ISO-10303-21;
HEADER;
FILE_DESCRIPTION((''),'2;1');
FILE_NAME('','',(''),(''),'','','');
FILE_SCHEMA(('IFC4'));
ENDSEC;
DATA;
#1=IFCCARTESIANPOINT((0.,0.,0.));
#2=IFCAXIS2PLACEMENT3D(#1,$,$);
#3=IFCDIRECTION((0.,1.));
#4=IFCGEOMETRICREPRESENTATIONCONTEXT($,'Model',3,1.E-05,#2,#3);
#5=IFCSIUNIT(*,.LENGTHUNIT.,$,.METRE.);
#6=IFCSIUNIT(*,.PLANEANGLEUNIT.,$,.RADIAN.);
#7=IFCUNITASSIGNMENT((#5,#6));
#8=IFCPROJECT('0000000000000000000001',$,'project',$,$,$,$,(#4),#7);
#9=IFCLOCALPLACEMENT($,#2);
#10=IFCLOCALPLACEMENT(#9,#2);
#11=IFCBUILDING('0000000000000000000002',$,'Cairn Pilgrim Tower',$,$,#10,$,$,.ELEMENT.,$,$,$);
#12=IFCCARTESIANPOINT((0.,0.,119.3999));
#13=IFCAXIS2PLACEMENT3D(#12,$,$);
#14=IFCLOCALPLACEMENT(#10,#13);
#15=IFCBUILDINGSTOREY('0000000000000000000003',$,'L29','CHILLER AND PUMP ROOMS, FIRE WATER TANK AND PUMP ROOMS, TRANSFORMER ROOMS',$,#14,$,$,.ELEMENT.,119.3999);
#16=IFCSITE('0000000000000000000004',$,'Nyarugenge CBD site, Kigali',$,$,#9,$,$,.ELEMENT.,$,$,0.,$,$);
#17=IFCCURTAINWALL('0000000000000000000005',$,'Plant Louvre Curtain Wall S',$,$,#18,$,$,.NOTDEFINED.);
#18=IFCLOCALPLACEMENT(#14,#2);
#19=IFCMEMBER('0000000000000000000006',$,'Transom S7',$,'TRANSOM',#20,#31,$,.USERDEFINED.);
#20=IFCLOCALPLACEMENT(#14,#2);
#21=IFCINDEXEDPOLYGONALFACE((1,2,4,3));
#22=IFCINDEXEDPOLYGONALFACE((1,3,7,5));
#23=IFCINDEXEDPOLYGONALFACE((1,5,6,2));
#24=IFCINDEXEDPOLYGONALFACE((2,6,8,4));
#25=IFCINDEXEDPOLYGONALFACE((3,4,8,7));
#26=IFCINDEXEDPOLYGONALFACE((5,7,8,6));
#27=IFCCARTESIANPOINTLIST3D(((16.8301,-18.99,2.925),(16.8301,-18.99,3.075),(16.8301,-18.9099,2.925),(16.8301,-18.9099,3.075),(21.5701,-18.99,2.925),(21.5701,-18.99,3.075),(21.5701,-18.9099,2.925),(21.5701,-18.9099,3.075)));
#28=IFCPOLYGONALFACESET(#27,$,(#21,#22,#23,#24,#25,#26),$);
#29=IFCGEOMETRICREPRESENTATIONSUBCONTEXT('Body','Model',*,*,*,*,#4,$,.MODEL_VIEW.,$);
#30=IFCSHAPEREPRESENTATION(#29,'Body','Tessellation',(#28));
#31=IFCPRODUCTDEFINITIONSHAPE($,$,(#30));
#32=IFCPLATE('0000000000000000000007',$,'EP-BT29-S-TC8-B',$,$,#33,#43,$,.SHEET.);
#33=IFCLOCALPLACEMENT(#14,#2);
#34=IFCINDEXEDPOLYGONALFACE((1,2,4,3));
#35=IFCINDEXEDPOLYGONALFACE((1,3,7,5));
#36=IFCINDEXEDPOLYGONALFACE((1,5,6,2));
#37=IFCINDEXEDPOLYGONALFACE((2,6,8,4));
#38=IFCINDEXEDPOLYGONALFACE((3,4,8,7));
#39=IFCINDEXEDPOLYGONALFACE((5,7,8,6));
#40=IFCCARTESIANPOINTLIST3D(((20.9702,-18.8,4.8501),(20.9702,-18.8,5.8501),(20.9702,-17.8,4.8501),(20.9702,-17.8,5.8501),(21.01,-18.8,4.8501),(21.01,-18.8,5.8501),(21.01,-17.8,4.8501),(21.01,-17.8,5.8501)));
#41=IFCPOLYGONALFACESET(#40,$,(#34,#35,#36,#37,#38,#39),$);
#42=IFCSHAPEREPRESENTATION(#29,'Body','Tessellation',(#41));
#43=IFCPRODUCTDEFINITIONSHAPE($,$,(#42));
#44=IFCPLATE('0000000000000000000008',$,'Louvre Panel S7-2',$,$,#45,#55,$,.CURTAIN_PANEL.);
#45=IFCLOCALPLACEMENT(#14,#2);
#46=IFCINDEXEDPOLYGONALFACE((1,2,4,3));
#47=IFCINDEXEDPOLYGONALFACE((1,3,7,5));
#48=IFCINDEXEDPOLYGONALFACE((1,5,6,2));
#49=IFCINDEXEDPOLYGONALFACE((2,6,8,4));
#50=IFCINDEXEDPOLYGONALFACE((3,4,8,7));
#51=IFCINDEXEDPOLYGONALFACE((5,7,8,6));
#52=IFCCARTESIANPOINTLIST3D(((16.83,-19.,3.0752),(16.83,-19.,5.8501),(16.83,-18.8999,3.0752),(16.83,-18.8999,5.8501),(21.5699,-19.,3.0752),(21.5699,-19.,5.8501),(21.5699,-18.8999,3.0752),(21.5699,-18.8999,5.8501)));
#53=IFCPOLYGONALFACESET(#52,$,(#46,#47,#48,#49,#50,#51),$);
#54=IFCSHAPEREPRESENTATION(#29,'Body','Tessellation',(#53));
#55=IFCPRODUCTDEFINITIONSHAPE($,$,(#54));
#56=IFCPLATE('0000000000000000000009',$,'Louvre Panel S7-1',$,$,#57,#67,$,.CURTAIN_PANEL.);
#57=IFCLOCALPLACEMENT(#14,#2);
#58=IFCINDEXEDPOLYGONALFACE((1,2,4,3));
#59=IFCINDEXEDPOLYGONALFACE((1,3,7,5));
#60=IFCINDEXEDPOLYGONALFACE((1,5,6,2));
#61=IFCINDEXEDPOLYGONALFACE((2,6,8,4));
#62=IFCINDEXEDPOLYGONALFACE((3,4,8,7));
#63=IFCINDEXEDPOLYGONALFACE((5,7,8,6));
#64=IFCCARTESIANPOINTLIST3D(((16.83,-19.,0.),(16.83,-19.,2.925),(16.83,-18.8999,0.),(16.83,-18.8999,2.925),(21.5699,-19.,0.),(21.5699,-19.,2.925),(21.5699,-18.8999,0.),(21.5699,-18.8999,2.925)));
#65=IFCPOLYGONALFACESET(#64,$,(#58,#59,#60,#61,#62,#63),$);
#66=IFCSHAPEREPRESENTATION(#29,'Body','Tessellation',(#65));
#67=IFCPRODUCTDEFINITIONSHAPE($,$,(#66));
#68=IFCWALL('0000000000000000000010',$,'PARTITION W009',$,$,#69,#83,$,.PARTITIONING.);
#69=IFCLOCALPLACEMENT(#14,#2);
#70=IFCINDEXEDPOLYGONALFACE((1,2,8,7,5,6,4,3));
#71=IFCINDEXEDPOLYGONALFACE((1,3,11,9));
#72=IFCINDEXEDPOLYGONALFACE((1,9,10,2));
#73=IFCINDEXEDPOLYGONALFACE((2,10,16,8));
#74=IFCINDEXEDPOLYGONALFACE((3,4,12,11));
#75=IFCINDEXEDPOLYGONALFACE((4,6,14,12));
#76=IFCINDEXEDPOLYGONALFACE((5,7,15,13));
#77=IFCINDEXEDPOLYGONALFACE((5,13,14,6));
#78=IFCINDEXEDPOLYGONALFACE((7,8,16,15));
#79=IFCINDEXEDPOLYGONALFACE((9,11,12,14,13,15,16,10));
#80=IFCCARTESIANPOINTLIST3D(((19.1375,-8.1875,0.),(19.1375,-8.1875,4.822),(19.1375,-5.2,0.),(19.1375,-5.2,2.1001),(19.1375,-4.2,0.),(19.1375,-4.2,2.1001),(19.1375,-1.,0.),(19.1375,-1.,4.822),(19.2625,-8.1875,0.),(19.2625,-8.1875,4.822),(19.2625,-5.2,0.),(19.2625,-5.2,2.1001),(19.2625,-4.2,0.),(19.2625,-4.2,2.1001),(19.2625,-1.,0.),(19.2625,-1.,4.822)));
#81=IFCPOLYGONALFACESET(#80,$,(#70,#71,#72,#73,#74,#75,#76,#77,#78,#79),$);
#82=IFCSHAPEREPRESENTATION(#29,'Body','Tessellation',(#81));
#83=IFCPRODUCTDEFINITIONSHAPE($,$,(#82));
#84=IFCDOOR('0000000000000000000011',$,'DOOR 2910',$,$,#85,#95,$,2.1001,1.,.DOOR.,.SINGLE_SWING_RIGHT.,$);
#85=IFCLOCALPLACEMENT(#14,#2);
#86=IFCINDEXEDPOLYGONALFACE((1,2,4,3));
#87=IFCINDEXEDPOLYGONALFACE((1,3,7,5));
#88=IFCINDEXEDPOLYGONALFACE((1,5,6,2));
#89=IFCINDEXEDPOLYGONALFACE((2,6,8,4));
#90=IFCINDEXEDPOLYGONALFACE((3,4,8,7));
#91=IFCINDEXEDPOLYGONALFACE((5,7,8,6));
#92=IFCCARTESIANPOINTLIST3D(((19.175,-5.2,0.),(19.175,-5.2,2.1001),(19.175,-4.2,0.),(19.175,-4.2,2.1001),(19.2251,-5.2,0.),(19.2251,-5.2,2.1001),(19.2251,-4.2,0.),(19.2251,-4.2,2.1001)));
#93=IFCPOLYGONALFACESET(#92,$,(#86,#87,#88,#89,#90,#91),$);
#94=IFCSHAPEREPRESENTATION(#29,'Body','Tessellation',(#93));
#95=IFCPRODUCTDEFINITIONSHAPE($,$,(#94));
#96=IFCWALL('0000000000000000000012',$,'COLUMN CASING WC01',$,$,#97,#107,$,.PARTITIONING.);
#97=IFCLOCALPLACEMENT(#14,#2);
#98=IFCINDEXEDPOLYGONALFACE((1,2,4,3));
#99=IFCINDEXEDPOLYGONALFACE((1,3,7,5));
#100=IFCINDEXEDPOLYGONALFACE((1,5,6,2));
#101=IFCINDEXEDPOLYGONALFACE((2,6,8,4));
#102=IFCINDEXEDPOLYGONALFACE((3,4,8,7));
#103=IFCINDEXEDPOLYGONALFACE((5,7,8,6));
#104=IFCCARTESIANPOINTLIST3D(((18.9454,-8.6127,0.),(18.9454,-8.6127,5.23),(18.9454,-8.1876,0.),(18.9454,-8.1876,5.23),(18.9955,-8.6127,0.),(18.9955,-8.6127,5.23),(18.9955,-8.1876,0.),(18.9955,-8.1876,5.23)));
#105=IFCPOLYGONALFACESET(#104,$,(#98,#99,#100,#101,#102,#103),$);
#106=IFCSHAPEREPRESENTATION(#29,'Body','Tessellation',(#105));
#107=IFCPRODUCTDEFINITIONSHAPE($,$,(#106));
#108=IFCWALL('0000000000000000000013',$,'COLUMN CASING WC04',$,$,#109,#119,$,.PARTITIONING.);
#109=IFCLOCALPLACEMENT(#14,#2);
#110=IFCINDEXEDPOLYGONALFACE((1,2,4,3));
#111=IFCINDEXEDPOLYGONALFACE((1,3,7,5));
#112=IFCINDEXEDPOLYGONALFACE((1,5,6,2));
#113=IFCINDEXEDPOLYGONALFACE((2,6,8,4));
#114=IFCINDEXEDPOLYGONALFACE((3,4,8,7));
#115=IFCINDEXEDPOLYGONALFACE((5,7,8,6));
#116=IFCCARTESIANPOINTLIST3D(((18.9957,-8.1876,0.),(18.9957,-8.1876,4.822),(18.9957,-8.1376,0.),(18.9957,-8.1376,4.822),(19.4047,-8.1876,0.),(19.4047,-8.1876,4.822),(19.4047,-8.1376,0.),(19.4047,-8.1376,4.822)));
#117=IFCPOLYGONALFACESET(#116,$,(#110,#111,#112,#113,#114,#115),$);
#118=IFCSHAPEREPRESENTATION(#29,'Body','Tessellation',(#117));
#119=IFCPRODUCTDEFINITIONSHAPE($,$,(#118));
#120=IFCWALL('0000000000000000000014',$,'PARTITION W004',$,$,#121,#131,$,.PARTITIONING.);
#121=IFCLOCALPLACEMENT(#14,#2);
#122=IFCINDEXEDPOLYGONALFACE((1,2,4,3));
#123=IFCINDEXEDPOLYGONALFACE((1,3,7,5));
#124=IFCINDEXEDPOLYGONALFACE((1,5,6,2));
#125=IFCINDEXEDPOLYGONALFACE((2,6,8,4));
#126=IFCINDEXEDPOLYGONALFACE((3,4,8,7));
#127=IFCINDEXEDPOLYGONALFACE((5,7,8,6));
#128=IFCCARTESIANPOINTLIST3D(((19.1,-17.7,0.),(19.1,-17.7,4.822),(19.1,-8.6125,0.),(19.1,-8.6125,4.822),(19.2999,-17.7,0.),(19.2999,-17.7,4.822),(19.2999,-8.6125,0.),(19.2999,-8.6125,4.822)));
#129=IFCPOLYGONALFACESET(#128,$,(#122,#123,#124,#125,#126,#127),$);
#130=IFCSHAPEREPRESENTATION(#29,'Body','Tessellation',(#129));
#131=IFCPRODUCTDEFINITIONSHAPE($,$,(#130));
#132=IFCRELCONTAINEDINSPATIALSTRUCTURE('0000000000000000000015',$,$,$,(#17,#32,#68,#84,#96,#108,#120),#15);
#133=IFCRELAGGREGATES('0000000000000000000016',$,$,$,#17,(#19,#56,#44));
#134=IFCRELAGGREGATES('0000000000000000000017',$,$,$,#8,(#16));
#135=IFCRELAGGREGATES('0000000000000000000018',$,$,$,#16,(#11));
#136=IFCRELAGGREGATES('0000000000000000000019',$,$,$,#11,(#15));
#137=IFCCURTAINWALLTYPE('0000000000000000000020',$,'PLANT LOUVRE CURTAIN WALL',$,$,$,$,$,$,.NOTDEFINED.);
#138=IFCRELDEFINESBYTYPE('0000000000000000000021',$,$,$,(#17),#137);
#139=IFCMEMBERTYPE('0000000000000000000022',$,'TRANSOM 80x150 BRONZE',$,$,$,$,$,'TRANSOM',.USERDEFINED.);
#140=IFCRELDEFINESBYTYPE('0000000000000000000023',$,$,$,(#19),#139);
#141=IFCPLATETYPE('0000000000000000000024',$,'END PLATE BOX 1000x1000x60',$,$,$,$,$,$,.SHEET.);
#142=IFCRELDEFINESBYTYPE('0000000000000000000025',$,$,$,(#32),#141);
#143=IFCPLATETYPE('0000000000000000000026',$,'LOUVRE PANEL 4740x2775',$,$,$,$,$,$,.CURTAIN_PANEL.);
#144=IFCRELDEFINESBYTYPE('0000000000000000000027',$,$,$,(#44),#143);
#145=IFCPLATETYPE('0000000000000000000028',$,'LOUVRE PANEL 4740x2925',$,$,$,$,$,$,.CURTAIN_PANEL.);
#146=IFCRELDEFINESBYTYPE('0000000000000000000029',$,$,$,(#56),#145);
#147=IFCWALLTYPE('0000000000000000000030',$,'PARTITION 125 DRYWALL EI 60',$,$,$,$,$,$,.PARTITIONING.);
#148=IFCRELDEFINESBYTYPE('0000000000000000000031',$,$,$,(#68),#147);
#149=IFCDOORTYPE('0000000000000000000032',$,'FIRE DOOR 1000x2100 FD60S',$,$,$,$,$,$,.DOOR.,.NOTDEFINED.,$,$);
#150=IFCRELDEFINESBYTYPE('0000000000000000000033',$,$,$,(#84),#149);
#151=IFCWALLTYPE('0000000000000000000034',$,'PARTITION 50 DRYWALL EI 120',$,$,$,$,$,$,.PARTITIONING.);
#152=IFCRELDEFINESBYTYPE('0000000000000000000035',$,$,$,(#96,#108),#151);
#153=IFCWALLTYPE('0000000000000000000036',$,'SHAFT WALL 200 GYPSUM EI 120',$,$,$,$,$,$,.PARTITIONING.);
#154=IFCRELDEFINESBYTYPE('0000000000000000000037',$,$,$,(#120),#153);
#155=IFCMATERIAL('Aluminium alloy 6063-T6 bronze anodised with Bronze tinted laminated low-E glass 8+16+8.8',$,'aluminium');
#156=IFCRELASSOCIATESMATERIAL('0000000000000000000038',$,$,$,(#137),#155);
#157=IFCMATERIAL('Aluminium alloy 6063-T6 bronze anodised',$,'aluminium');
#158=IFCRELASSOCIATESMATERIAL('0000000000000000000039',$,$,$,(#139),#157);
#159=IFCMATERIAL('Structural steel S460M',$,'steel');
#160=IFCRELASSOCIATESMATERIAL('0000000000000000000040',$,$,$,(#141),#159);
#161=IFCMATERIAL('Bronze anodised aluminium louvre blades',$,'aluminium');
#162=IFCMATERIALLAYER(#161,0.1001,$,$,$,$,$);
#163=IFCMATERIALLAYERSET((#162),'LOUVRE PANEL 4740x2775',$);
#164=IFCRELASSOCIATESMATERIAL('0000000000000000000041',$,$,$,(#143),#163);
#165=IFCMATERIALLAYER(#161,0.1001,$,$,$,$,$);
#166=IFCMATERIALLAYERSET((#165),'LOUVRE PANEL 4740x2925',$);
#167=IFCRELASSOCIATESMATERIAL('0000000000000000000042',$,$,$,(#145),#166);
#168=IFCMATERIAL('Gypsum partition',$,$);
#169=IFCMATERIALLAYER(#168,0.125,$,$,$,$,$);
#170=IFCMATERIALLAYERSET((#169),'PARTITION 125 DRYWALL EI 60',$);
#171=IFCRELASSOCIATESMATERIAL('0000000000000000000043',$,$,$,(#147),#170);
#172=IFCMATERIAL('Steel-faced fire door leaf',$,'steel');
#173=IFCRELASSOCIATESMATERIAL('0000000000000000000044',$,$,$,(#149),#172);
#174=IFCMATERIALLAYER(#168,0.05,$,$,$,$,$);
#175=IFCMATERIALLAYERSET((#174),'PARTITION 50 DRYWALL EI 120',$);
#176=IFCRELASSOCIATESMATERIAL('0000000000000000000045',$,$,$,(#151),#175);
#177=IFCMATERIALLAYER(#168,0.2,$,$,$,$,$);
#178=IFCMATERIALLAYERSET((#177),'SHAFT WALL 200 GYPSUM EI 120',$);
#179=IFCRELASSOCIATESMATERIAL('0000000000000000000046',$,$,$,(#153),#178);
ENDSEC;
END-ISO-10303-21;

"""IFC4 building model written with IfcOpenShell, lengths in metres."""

from ifc_helpers import new_model, si_unit, direction, frame, frame_2d, origin, origin_2d, place, context, subcontext, project, spatial, rectangle, extrude, material, layer, layer_set, material_profile, profile_set, type_object, element, fill, aggregate, save


model = new_model("IFC4")

# Units and contexts
model_context = context("Model", 3, precision=1e-05, world=origin(), true_north=direction((0.0, 1.0)))
body_context = subcontext(model_context, "Body", "Model", "MODEL_VIEW")
ifc_project = project(units=[si_unit("LENGTHUNIT", "METRE"), si_unit("PLANEANGLEUNIT", "RADIAN")], contexts=[model_context])

# Site, building, storey
site_placement = place(None, origin())
site = spatial("IfcSite", under=ifc_project, at=site_placement, Name="Nyarugenge CBD site, Kigali", CompositionType="ELEMENT", RefElevation=0.0)
building_placement = place(site_placement, origin())
building = spatial("IfcBuilding", under=site, at=building_placement, Name="Cairn Pilgrim Tower", CompositionType="ELEMENT")
storey_placement = place(building_placement, frame((0.0, 0.0, 119.3999)))
storey = spatial("IfcBuildingStorey", under=building, at=storey_placement, Name="L29", Description="CHILLER AND PUMP ROOMS, FIRE WATER TANK AND PUMP ROOMS, TRANSFORMER ROOMS", CompositionType="ELEMENT", Elevation=119.3999)

# Shared definitions
ifc_material_1 = material(Name="Structural steel S460M", Category="steel")

# Curtain wall
ifc_material_2 = material(Name="Aluminium alloy 6063-T6 bronze anodised with Bronze tinted laminated low-E glass 8+16+8.8", Category="aluminium")
curtain_wall_type = type_object("IfcCurtainWallType", Name="PLANT LOUVRE CURTAIN WALL", PredefinedType="NOTDEFINED", material=ifc_material_2)
curtain_wall_placement = place(storey_placement, origin())
curtain_wall = element("IfcCurtainWall", 1, at=curtain_wall_placement, inside=storey, type_object=curtain_wall_type, Name="Plant Louvre Curtain Wall S", PredefinedType="NOTDEFINED")
ifc_material_3 = material(Name="Aluminium alloy 6063-T6 bronze anodised", Category="aluminium")

# Member
ifc_material_profile_1 = material_profile(ifc_material_3, rectangle(XDim=0.0801, YDim=0.1499, at=origin_2d()), Name="TRANSOM 80x150 BRONZE")
ifc_profile_set_1 = profile_set([ifc_material_profile_1], Name="Aluminium alloy 6063-T6 bronze anodised")
member_type_1 = type_object("IfcMemberType", Name="TRANSOM 80x150 BRONZE", ElementType="TRANSOM", PredefinedType="USERDEFINED", material=ifc_profile_set_1)
member_1_placement = place(storey_placement, frame((16.8301, -18.95, 3.0), z_axis=(1.0, 0.0, 0.0), x_axis=(0.0, 1.0, 0.0)))
member_1 = element("IfcMember", 2, at=member_1_placement, type_object=member_type_1, Name="Transom S7", ObjectType="TRANSOM", PredefinedType="USERDEFINED", context=body_context, shape_type="SweptSolid", body=[
    extrude(rectangle(XDim=0.0801, YDim=0.1499, at=origin_2d()), origin(), (0.0, 0.0, 1.0), 4.74),
])

# Plates
ifc_material_profile_2 = material_profile(ifc_material_1, rectangle(XDim=1.0, YDim=1.0, at=origin_2d()), Name="END PLATE BOX 1000x1000x60")
ifc_profile_set_2 = profile_set([ifc_material_profile_2], Name="Structural steel S460M")
plate_type_1 = type_object("IfcPlateType", Name="END PLATE BOX 1000x1000x60", PredefinedType="SHEET", material=ifc_profile_set_2)
plate_1_placement = place(storey_placement, frame((20.9702, -18.3, 5.3501), z_axis=(1.0, 0.0, 0.0), x_axis=(0.0, 1.0, 0.0)))
element("IfcPlate", 3, at=plate_1_placement, inside=storey, type_object=plate_type_1, Name="EP-BT29-S-TC8-B", PredefinedType="SHEET", context=body_context, shape_type="SweptSolid", body=[
    extrude(rectangle(XDim=1.0, YDim=1.0, at=origin_2d()), origin(), (0.0, 0.0, 1.0), 0.0398),
])
ifc_material_4 = material(Name="Bronze anodised aluminium louvre blades", Category="aluminium")
ifc_layer_1 = layer(ifc_material_4, 0.1001)
ifc_layer_set_1 = layer_set([ifc_layer_1], Name="LOUVRE PANEL 4740x2775")
plate_type_2 = type_object("IfcPlateType", Name="LOUVRE PANEL 4740x2775", PredefinedType="CURTAIN_PANEL", material=ifc_layer_set_1)
plate_2_placement = place(storey_placement, frame((19.2, -18.95, 3.0752), z_axis=(0.0, 0.0, 1.0), x_axis=(1.0, 0.0, 0.0)))
plate_2 = element("IfcPlate", 4, at=plate_2_placement, type_object=plate_type_2, Name="Louvre Panel S7-2", PredefinedType="CURTAIN_PANEL", context=body_context, shape_type="SweptSolid", body=[
    extrude(rectangle(XDim=4.74, YDim=0.1001, at=origin_2d()), origin(), (0.0, 0.0, 1.0), 2.7749),
])
ifc_layer_2 = layer(ifc_material_4, 0.1001)
ifc_layer_set_2 = layer_set([ifc_layer_2], Name="LOUVRE PANEL 4740x2925")
plate_type_3 = type_object("IfcPlateType", Name="LOUVRE PANEL 4740x2925", PredefinedType="CURTAIN_PANEL", material=ifc_layer_set_2)
plate_3_placement = place(storey_placement, frame((19.2, -18.95, 0.0), z_axis=(0.0, 0.0, 1.0), x_axis=(1.0, 0.0, 0.0)))
plate_3 = element("IfcPlate", 5, at=plate_3_placement, type_object=plate_type_3, Name="Louvre Panel S7-1", PredefinedType="CURTAIN_PANEL", context=body_context, shape_type="SweptSolid", body=[
    extrude(rectangle(XDim=4.74, YDim=0.1001, at=origin_2d()), origin(), (0.0, 0.0, 1.0), 2.925),
])
aggregate(curtain_wall, [member_1, plate_3, plate_2])

# Wall, opening, door
ifc_material_5 = material(Name="Gypsum partition")
ifc_layer_3 = layer(ifc_material_5, 0.125)
ifc_layer_set_3 = layer_set([ifc_layer_3], Name="PARTITION 125 DRYWALL EI 60")
wall_type_1 = type_object("IfcWallType", Name="PARTITION 125 DRYWALL EI 60", PredefinedType="PARTITIONING", material=ifc_layer_set_3)
wall_1_placement = place(storey_placement, frame((19.2, -8.1875, 0.0), z_axis=(0.0, 0.0, 1.0), x_axis=(0.0, 1.0, 0.0)))
wall_1 = element("IfcWall", 6, at=wall_1_placement, inside=storey, type_object=wall_type_1, Name="PARTITION W009", PredefinedType="PARTITIONING", context=body_context, shape_type="SweptSolid", body=[
    extrude(rectangle(XDim=7.1875, YDim=0.125, at=frame_2d((3.5938, 0.0))), origin(), (0.0, 0.0, 1.0), 4.822),
])
opening_placement = place(wall_1_placement, frame((2.9875, 0.0, 0.0)))
opening = element("IfcOpeningElement", 7, at=opening_placement, cuts=wall_1, PredefinedType="OPENING", context=body_context, shape_type="SweptSolid", body=[
    extrude(rectangle(XDim=1.0, YDim=2.1001, at=frame_2d((0.5, 1.05))), frame((0.0, 0.0725, 0.0), z_axis=(0.0, -1.0, 0.0), x_axis=(1.0, 0.0, 0.0)), (0.0, 0.0, 1.0), 0.145),
])
ifc_material_6 = material(Name="Steel-faced fire door leaf", Category="steel")
door_type = type_object("IfcDoorType", Name="FIRE DOOR 1000x2100 FD60S", OperationType="NOTDEFINED", PredefinedType="DOOR", material=ifc_material_6)
door_placement = place(opening_placement, origin())
door = element("IfcDoor", 8, at=door_placement, inside=storey, type_object=door_type, Name="DOOR 2910", OperationType="SINGLE_SWING_RIGHT", OverallHeight=2.1001, OverallWidth=1.0, PredefinedType="DOOR", context=body_context, shape_type="SweptSolid", body=[
    extrude(rectangle(XDim=1.0, YDim=2.1001, at=frame_2d((0.5, 1.05))), frame((0.0, 0.0249, 0.0), z_axis=(0.0, -1.0, 0.0), x_axis=(1.0, 0.0, 0.0)), (0.0, 0.0, 1.0), 0.05),
])
fill(opening, door)

# Walls
ifc_layer_4 = layer(ifc_material_5, 0.05)
ifc_layer_set_4 = layer_set([ifc_layer_4], Name="PARTITION 50 DRYWALL EI 120")
wall_type_2 = type_object("IfcWallType", Name="PARTITION 50 DRYWALL EI 120", PredefinedType="PARTITIONING", material=ifc_layer_set_4)
wall_2_placement = place(storey_placement, frame((18.9705, -8.6125, 0.0), z_axis=(0.0, 0.0, 1.0), x_axis=(0.0, 1.0, 0.0)))
element("IfcWall", 9, at=wall_2_placement, inside=storey, type_object=wall_type_2, Name="COLUMN CASING WC01", PredefinedType="PARTITIONING", context=body_context, shape_type="SweptSolid", body=[
    extrude(rectangle(XDim=0.425, YDim=0.05, at=frame_2d((0.2124, 0.0))), origin(), (0.0, 0.0, 1.0), 5.23),
])
wall_3_placement = place(storey_placement, frame((18.9956, -8.1626, 0.0), z_axis=(0.0, 0.0, 1.0), x_axis=(1.0, 0.0, 0.0)))
element("IfcWall", 10, at=wall_3_placement, inside=storey, type_object=wall_type_2, Name="COLUMN CASING WC04", PredefinedType="PARTITIONING", context=body_context, shape_type="SweptSolid", body=[
    extrude(rectangle(XDim=0.4089, YDim=0.05, at=frame_2d((0.2046, 0.0))), origin(), (0.0, 0.0, 1.0), 4.822),
])
ifc_layer_5 = layer(ifc_material_5, 0.2)
ifc_layer_set_5 = layer_set([ifc_layer_5], Name="SHAFT WALL 200 GYPSUM EI 120")
wall_type_3 = type_object("IfcWallType", Name="SHAFT WALL 200 GYPSUM EI 120", PredefinedType="PARTITIONING", material=ifc_layer_set_5)
wall_4_placement = place(storey_placement, frame((19.2, -17.7, 0.0), z_axis=(0.0, 0.0, 1.0), x_axis=(0.0, 1.0, 0.0)))
element("IfcWall", 11, at=wall_4_placement, inside=storey, type_object=wall_type_3, Name="PARTITION W004", PredefinedType="PARTITIONING", context=body_context, shape_type="SweptSolid", body=[
    extrude(rectangle(XDim=9.0874, YDim=0.2, at=frame_2d((4.5437, 0.0))), origin(), (0.0, 0.0, 1.0), 4.822),
])

save(model, "model.ifc")
